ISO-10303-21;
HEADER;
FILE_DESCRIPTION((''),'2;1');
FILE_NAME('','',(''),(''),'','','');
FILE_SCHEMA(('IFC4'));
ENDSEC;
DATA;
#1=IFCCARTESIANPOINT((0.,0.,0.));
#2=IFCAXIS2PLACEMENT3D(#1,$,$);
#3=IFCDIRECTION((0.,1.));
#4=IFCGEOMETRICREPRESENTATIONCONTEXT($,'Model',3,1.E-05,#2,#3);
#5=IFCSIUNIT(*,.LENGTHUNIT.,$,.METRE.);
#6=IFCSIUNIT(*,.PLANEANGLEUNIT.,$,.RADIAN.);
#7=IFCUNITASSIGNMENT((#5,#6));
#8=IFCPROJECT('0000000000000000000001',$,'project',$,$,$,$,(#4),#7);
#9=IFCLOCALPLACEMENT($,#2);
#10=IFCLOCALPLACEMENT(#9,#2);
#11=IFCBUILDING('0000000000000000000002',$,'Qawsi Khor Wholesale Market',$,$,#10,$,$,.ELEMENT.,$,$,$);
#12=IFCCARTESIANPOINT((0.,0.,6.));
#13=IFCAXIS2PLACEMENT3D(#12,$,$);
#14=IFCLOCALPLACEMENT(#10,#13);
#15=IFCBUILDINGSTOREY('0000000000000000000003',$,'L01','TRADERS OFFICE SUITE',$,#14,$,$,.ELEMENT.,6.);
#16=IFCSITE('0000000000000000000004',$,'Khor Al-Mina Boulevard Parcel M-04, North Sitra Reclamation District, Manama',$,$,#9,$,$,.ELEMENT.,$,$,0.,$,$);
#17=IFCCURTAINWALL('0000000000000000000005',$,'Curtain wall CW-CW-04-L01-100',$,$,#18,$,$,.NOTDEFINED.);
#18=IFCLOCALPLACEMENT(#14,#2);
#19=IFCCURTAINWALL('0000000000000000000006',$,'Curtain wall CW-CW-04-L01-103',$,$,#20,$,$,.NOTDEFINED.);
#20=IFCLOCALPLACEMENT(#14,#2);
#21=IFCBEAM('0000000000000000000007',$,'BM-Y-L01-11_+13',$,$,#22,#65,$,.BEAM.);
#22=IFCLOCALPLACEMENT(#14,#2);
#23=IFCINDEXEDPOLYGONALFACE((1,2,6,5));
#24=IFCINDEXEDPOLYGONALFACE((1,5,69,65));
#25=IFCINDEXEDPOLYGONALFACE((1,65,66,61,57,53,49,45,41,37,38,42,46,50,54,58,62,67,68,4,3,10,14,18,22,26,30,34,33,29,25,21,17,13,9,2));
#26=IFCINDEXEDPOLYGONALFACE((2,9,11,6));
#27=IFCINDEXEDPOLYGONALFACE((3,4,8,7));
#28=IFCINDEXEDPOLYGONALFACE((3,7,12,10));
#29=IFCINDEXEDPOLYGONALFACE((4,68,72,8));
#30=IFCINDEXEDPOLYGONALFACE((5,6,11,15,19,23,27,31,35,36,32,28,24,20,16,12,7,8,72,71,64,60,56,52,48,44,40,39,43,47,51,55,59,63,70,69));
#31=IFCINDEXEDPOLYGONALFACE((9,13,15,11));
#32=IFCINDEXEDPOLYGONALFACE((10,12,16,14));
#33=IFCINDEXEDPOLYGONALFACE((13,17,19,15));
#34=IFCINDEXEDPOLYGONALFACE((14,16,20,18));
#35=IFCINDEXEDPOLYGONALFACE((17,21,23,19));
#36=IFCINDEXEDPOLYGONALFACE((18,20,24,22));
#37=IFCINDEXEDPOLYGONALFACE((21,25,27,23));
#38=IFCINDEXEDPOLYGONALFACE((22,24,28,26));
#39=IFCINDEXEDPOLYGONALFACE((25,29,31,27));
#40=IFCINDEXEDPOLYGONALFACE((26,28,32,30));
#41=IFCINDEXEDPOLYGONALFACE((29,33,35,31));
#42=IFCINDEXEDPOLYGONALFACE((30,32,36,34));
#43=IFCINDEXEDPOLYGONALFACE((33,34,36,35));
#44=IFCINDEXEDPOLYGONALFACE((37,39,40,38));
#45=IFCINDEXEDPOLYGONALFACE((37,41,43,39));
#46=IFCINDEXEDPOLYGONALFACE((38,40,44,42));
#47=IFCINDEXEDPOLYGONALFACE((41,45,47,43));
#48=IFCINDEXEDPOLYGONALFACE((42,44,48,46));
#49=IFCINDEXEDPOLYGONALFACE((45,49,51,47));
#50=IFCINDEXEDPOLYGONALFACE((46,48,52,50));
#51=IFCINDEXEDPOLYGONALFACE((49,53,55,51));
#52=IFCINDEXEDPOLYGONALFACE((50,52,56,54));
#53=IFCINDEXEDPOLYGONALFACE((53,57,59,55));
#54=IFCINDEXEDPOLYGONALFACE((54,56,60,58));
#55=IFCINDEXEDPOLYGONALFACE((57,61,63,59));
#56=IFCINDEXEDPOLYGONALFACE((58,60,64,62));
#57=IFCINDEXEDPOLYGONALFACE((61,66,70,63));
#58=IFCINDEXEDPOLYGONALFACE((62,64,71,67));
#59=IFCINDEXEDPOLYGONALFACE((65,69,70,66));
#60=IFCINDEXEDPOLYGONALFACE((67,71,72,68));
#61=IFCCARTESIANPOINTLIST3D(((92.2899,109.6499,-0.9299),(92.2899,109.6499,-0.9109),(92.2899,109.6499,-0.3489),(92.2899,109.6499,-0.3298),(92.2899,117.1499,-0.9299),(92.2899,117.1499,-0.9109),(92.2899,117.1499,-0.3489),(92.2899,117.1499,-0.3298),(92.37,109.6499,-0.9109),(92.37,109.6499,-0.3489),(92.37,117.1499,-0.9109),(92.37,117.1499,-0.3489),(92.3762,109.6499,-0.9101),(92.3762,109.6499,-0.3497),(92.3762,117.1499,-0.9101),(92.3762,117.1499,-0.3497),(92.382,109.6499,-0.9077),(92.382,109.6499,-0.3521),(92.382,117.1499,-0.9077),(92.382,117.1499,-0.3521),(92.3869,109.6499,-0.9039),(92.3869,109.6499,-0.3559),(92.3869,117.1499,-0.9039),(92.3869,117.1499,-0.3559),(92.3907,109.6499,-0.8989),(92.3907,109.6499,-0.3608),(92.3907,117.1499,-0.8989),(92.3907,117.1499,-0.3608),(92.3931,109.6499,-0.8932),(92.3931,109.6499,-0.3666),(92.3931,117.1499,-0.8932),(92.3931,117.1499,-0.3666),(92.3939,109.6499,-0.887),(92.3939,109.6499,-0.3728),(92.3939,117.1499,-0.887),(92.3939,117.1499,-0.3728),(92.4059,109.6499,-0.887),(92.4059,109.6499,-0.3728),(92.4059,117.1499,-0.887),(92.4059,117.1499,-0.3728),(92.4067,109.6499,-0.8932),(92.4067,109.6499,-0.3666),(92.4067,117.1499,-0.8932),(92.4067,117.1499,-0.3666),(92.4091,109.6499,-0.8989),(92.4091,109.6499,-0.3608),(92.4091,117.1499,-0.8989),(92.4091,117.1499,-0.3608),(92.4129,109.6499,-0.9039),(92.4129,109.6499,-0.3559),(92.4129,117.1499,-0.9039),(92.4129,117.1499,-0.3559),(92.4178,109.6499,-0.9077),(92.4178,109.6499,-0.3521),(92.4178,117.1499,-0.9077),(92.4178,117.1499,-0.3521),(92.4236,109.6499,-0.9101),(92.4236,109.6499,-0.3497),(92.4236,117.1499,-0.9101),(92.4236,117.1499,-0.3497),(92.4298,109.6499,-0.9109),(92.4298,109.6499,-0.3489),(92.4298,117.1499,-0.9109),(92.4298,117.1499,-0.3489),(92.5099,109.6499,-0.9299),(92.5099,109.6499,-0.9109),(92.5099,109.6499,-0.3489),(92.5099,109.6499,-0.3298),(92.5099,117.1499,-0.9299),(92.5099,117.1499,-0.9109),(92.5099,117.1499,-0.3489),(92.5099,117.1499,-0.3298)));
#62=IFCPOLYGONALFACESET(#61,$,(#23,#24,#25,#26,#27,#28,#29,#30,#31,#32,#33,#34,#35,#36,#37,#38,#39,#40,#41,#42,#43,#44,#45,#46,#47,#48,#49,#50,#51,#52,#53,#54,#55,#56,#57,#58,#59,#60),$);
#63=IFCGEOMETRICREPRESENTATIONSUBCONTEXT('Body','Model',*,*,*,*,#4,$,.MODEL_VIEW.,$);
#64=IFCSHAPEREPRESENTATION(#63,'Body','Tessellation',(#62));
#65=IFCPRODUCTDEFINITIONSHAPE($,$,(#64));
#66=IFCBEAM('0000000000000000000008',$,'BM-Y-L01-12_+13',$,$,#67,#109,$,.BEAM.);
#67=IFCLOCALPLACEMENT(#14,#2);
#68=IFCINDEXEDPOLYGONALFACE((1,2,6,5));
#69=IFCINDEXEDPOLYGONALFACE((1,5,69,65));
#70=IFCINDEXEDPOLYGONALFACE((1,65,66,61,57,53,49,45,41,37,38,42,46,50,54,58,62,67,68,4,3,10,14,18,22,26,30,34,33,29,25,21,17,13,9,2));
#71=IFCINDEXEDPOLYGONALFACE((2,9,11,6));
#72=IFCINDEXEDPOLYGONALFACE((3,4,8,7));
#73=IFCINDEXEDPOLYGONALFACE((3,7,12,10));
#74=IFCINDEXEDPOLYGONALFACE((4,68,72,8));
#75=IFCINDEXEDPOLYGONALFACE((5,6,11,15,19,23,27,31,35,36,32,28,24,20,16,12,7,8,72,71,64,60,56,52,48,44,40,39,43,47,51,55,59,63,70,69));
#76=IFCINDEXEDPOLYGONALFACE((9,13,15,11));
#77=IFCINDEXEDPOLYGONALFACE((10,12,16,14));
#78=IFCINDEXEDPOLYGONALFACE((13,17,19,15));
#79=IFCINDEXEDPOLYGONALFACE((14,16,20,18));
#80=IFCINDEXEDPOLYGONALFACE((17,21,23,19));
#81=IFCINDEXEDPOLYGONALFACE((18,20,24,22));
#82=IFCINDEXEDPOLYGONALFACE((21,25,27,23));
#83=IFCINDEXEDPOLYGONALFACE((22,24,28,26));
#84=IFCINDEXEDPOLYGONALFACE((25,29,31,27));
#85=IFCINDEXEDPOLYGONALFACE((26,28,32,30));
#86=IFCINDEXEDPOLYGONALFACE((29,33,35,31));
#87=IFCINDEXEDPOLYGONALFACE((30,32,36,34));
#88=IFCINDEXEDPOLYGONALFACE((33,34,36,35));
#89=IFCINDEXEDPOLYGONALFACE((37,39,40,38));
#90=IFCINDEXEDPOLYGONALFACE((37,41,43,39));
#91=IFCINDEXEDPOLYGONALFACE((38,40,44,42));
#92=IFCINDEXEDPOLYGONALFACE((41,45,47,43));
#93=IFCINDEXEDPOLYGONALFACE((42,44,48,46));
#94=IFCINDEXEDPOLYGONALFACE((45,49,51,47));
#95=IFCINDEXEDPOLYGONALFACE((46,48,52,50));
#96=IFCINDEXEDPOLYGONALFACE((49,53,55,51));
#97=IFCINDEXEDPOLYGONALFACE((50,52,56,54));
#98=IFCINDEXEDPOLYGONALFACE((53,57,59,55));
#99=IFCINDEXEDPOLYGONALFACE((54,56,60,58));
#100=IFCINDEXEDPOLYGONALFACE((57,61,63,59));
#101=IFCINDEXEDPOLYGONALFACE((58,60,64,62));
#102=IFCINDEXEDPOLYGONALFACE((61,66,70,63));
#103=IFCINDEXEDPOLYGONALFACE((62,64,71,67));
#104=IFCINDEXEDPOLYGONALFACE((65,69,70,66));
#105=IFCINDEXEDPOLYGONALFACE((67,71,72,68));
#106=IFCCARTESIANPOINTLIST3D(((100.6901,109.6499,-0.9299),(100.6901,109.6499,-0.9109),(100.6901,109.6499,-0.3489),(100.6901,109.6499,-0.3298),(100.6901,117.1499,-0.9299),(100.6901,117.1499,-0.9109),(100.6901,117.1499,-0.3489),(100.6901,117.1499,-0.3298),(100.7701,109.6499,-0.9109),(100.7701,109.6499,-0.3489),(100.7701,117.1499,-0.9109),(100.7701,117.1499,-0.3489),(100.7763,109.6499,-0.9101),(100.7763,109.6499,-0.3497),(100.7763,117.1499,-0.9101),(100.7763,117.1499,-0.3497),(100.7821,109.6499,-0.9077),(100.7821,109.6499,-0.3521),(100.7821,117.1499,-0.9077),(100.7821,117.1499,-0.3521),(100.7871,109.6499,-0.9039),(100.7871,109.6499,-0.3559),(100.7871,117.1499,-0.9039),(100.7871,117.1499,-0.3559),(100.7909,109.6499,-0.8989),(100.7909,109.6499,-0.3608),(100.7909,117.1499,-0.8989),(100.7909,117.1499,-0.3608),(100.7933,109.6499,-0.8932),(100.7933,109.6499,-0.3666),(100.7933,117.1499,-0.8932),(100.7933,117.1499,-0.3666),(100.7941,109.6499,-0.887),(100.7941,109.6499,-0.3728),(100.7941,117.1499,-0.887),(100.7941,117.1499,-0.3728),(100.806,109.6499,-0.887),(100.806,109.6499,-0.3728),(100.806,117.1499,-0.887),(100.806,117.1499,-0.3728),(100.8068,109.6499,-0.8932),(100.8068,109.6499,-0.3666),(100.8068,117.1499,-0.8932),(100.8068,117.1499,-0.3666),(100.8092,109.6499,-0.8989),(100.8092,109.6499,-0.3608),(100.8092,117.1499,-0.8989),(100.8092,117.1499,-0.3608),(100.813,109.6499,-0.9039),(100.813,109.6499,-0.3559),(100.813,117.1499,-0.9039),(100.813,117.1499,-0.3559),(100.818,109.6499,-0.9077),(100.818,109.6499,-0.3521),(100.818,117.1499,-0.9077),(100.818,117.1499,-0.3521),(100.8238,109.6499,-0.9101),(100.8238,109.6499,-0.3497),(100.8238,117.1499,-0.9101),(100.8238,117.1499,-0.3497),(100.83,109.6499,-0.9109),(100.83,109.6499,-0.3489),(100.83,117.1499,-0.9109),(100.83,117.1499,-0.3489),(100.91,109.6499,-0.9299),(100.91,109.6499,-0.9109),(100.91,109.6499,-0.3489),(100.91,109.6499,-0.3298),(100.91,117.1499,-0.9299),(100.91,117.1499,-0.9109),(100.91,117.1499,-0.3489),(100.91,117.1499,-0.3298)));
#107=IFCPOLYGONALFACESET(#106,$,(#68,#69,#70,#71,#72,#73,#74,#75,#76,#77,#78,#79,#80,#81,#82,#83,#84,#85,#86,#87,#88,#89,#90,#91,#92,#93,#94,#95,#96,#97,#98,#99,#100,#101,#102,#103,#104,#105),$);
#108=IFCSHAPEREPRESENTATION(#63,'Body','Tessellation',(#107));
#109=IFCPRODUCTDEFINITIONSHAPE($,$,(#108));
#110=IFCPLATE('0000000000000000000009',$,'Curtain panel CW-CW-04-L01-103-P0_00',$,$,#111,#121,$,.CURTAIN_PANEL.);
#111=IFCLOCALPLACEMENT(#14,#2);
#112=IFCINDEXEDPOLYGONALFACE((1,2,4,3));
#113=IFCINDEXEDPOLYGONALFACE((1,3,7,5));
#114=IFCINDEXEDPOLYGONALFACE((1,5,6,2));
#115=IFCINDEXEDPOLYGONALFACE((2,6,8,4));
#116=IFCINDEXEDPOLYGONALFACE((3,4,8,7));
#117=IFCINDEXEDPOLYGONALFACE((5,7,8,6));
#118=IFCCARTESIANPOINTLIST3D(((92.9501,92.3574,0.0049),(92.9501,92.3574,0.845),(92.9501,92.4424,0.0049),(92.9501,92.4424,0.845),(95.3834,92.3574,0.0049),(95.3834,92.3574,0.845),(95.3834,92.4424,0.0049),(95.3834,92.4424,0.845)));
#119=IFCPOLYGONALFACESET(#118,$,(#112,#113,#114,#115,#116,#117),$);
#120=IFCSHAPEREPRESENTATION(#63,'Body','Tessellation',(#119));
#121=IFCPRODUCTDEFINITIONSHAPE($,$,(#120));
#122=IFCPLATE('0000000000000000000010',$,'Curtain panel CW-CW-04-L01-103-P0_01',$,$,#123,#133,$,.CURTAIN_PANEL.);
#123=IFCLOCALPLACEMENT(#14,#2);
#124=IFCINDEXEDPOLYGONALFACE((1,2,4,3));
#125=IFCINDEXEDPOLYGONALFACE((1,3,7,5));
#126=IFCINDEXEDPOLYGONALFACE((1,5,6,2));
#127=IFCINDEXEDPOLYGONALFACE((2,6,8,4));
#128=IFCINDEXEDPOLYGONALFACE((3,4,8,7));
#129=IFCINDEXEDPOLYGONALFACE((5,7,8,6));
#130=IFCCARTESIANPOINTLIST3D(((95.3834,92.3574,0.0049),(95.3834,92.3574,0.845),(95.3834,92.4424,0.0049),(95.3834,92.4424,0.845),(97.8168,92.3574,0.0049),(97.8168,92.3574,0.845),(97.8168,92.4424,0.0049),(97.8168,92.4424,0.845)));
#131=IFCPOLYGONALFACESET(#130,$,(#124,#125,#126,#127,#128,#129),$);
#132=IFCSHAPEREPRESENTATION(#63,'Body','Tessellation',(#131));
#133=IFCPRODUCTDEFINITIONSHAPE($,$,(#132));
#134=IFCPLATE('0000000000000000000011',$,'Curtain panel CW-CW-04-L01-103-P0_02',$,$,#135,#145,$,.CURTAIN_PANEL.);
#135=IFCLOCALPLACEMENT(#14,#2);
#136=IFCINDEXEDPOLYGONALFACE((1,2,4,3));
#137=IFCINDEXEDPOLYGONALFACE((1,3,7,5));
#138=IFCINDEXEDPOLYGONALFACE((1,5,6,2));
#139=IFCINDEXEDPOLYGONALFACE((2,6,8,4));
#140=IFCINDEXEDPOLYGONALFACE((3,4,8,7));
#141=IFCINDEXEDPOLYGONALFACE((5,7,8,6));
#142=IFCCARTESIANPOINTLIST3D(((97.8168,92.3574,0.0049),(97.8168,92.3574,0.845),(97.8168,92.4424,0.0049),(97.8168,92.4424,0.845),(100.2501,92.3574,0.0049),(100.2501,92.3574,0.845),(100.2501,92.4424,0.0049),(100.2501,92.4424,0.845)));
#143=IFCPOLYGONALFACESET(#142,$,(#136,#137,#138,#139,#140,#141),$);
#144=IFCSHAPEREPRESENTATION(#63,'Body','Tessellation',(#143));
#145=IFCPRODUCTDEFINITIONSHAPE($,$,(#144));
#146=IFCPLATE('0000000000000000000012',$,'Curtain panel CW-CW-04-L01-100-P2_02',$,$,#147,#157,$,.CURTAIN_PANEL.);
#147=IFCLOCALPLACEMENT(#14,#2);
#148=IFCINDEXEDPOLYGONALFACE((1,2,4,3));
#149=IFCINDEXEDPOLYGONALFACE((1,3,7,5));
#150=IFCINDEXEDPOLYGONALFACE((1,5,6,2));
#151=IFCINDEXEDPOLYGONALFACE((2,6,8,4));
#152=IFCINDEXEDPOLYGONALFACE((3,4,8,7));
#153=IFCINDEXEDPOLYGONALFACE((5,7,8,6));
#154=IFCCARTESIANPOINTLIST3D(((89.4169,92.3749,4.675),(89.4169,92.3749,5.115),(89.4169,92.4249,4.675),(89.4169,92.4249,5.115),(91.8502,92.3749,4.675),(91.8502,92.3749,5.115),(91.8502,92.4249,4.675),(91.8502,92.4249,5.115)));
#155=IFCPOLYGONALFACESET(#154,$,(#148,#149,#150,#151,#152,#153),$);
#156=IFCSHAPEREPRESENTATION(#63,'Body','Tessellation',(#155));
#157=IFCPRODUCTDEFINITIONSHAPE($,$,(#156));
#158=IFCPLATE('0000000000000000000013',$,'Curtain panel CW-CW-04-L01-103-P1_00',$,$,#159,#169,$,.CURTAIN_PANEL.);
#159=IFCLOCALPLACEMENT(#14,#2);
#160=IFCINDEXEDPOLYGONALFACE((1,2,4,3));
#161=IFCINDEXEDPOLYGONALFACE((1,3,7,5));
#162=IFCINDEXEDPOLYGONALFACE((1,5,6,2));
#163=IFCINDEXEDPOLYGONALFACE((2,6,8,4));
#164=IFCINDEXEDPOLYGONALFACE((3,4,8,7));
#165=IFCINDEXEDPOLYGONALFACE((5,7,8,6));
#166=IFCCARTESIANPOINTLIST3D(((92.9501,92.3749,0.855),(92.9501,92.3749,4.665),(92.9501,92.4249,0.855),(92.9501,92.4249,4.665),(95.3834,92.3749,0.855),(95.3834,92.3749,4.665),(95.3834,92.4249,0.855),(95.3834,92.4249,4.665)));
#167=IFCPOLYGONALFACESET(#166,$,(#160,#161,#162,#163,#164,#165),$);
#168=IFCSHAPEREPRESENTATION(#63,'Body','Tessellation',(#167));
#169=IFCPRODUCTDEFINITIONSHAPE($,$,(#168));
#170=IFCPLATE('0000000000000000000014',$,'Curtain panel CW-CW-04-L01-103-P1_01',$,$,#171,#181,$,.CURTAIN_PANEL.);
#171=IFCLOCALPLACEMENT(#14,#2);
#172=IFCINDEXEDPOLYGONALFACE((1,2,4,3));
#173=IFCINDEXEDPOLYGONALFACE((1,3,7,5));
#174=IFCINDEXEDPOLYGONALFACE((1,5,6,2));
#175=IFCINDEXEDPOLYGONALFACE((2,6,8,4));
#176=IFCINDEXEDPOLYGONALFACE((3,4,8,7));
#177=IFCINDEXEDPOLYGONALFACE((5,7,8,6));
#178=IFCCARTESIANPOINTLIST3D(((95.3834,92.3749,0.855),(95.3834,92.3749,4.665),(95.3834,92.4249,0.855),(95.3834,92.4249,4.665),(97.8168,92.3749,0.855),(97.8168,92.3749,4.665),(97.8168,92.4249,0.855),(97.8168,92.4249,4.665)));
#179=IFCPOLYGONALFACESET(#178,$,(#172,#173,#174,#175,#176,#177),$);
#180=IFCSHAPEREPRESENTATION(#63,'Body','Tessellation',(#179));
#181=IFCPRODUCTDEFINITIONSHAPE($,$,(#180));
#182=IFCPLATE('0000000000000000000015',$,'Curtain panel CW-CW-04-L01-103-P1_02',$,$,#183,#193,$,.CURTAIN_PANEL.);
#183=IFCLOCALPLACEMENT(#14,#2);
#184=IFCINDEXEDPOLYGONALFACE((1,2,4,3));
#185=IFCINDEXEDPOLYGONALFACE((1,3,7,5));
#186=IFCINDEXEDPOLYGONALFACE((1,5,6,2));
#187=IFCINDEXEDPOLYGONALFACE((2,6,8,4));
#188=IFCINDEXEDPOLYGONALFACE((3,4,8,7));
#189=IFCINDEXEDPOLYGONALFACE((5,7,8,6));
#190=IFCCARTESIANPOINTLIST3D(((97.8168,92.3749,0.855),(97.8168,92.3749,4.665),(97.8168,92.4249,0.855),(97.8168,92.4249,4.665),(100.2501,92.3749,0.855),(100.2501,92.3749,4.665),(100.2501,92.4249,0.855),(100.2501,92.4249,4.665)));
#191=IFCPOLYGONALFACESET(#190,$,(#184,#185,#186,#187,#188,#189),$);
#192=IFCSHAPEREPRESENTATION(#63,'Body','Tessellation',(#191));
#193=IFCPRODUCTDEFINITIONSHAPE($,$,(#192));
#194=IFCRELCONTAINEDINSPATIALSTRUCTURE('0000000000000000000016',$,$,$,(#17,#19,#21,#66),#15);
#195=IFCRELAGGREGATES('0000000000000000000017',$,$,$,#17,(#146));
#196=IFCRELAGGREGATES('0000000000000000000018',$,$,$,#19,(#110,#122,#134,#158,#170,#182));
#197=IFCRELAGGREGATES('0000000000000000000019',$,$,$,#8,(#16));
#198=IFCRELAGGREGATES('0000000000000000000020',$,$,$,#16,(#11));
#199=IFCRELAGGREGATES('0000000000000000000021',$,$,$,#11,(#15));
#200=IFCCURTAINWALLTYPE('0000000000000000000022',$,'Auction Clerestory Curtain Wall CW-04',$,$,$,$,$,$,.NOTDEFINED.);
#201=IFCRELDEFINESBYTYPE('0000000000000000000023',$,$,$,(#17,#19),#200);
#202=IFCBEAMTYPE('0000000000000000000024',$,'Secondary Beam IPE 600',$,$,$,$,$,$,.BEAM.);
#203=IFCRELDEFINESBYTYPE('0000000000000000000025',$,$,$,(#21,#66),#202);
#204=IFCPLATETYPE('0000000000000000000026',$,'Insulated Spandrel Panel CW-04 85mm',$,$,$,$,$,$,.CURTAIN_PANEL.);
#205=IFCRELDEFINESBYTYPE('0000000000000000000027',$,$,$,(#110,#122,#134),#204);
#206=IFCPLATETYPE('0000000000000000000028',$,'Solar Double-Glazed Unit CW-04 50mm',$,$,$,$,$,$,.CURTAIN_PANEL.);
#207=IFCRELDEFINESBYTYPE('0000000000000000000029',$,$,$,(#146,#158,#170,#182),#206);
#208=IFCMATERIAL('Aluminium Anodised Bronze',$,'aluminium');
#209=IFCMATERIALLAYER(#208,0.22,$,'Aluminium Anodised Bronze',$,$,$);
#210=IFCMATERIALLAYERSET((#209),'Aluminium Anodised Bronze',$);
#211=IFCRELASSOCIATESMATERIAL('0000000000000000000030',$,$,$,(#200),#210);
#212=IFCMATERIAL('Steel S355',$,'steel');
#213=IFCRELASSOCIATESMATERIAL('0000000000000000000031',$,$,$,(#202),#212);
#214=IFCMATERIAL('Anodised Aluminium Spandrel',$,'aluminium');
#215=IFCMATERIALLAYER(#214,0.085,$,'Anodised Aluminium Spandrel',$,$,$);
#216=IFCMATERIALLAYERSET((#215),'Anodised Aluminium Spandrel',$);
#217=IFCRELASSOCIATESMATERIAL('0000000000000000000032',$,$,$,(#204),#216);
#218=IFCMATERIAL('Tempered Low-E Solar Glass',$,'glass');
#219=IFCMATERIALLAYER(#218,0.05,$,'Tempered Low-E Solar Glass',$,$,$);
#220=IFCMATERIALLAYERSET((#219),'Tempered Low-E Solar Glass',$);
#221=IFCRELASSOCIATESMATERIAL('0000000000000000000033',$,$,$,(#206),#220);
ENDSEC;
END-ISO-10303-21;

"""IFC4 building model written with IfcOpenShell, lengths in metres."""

from ifc_helpers import new_model, si_unit, direction, frame, frame_2d, origin, origin_2d, place, context, subcontext, project, spatial, rectangle, i_section, extrude, material, layer, layer_set, material_profile, profile_set, type_object, element, aggregate, save


model = new_model("IFC4")

# Units and contexts
model_context = context("Model", 3, precision=1e-05, world=origin(), true_north=direction((0.0, 1.0)))
body_context = subcontext(model_context, "Body", "Model", "MODEL_VIEW")
ifc_project = project(units=[si_unit("LENGTHUNIT", "METRE"), si_unit("PLANEANGLEUNIT", "RADIAN")], contexts=[model_context])

# Site, building, storey
site_placement = place(None, origin())
site = spatial("IfcSite", under=ifc_project, at=site_placement, Name="Khor Al-Mina Boulevard Parcel M-04, North Sitra Reclamation District, Manama", CompositionType="ELEMENT", RefElevation=0.0)
building_placement = place(site_placement, origin())
building = spatial("IfcBuilding", under=site, at=building_placement, Name="Qawsi Khor Wholesale Market", CompositionType="ELEMENT")
storey_placement = place(building_placement, frame((0.0, 0.0, 6.0)))
storey = spatial("IfcBuildingStorey", under=building, at=storey_placement, Name="L01", Description="TRADERS OFFICE SUITE", CompositionType="ELEMENT", Elevation=6.0)

# Curtain wall
ifc_material_1 = material(Name="Aluminium Anodised Bronze", Category="aluminium")
ifc_layer_1 = layer(ifc_material_1, 0.22, Name="Aluminium Anodised Bronze")
ifc_layer_set_1 = layer_set([ifc_layer_1], Name="Aluminium Anodised Bronze")
curtain_wall_type = type_object("IfcCurtainWallType", Name="Auction Clerestory Curtain Wall CW-04", PredefinedType="NOTDEFINED", material=ifc_layer_set_1)
curtain_wall_1_placement = place(storey_placement, origin())
curtain_wall_1 = element("IfcCurtainWall", 1, at=curtain_wall_1_placement, inside=storey, type_object=curtain_wall_type, Name="Curtain wall CW-CW-04-L01-100", PredefinedType="NOTDEFINED")

# Curtain wall
curtain_wall_2_placement = place(storey_placement, origin())
curtain_wall_2 = element("IfcCurtainWall", 2, at=curtain_wall_2_placement, inside=storey, type_object=curtain_wall_type, Name="Curtain wall CW-CW-04-L01-103", PredefinedType="NOTDEFINED")

# Beams
ifc_material_2 = material(Name="Steel S355", Category="steel")
ifc_material_profile_1 = material_profile(ifc_material_2, i_section(OverallWidth=0.22, OverallDepth=0.6001, WebThickness=0.012, FlangeThickness=0.019, FilletRadius=0.0239, at=origin_2d()), Name="IPE 600")
ifc_profile_set_1 = profile_set([ifc_material_profile_1], Name="Steel S355")
beam_type_1 = type_object("IfcBeamType", Name="Secondary Beam IPE 600", PredefinedType="BEAM", material=ifc_profile_set_1)
for number, where, z_axis, x_axis, name in (
    (3, (92.3999, 109.6499, -0.6299), (0.0, 1.0, 0.0), (-1.0, 0.0, 0.0), "BM-Y-L01-11_+13"),
    (4, (100.8, 109.6499, -0.6299), (0.0, 1.0, 0.0), (-1.0, 0.0, 0.0), "BM-Y-L01-12_+13"),
):
    element("IfcBeam", number, at=place(storey_placement, frame(where, z_axis=z_axis, x_axis=x_axis)), inside=storey, type_object=beam_type_1, Name=name, PredefinedType="BEAM", context=body_context, shape_type="SweptSolid", body=[
        extrude(i_section(OverallWidth=0.22, OverallDepth=0.6001, WebThickness=0.012, FlangeThickness=0.019, FilletRadius=0.0239, at=origin_2d()), origin(), (0.0, 0.0, 1.0), 7.5),
    ])

# Plates
ifc_material_3 = material(Name="Anodised Aluminium Spandrel", Category="aluminium")
ifc_layer_2 = layer(ifc_material_3, 0.085, Name="Anodised Aluminium Spandrel")
ifc_layer_set_2 = layer_set([ifc_layer_2], Name="Anodised Aluminium Spandrel")
plate_type_1 = type_object("IfcPlateType", Name="Insulated Spandrel Panel CW-04 85mm", PredefinedType="CURTAIN_PANEL", material=ifc_layer_set_2)
plate_1_placement = place(storey_placement, frame((92.95, 92.3999, 0.0049), z_axis=(0.0, 0.0, 1.0), x_axis=(1.0, 0.0, 0.0)))
plate_1 = element("IfcPlate", 5, at=plate_1_placement, type_object=plate_type_1, Name="Curtain panel CW-CW-04-L01-103-P0_00", PredefinedType="CURTAIN_PANEL", context=body_context, shape_type="SweptSolid", body=[
    extrude(rectangle(XDim=2.4333, YDim=0.085, at=frame_2d((1.2168, 0.0))), origin(), (0.0, 0.0, 1.0), 0.8401),
])
plate_2_placement = place(storey_placement, frame((95.3833, 92.3999, 0.0049), z_axis=(0.0, 0.0, 1.0), x_axis=(1.0, 0.0, 0.0)))
plate_2 = element("IfcPlate", 6, at=plate_2_placement, type_object=plate_type_1, Name="Curtain panel CW-CW-04-L01-103-P0_01", PredefinedType="CURTAIN_PANEL", context=body_context, shape_type="SweptSolid", body=[
    extrude(rectangle(XDim=2.4333, YDim=0.085, at=frame_2d((1.2168, 0.0))), origin(), (0.0, 0.0, 1.0), 0.8401),
])
plate_3_placement = place(storey_placement, frame((97.8167, 92.3999, 0.0049), z_axis=(0.0, 0.0, 1.0), x_axis=(1.0, 0.0, 0.0)))
plate_3 = element("IfcPlate", 7, at=plate_3_placement, type_object=plate_type_1, Name="Curtain panel CW-CW-04-L01-103-P0_02", PredefinedType="CURTAIN_PANEL", context=body_context, shape_type="SweptSolid", body=[
    extrude(rectangle(XDim=2.4333, YDim=0.085, at=frame_2d((1.2168, 0.0))), origin(), (0.0, 0.0, 1.0), 0.8401),
])
ifc_material_4 = material(Name="Tempered Low-E Solar Glass", Category="glass")
ifc_layer_3 = layer(ifc_material_4, 0.05, Name="Tempered Low-E Solar Glass")
ifc_layer_set_3 = layer_set([ifc_layer_3], Name="Tempered Low-E Solar Glass")
plate_type_2 = type_object("IfcPlateType", Name="Solar Double-Glazed Unit CW-04 50mm", PredefinedType="CURTAIN_PANEL", material=ifc_layer_set_3)
plate_4_placement = place(storey_placement, frame((89.4167, 92.3999, 4.675), z_axis=(0.0, 0.0, 1.0), x_axis=(1.0, 0.0, 0.0)))
plate_4 = element("IfcPlate", 8, at=plate_4_placement, type_object=plate_type_2, Name="Curtain panel CW-CW-04-L01-100-P2_02", PredefinedType="CURTAIN_PANEL", context=body_context, shape_type="SweptSolid", body=[
    extrude(rectangle(XDim=2.4333, YDim=0.05, at=frame_2d((1.2168, 0.0))), origin(), (0.0, 0.0, 1.0), 0.4399),
])
aggregate(curtain_wall_1, [plate_4])
plate_5_placement = place(storey_placement, frame((92.95, 92.3999, 0.855), z_axis=(0.0, 0.0, 1.0), x_axis=(1.0, 0.0, 0.0)))
plate_5 = element("IfcPlate", 9, at=plate_5_placement, type_object=plate_type_2, Name="Curtain panel CW-CW-04-L01-103-P1_00", PredefinedType="CURTAIN_PANEL", context=body_context, shape_type="SweptSolid", body=[
    extrude(rectangle(XDim=2.4333, YDim=0.05, at=frame_2d((1.2168, 0.0))), origin(), (0.0, 0.0, 1.0), 3.8101),
])
plate_6_placement = place(storey_placement, frame((95.3833, 92.3999, 0.855), z_axis=(0.0, 0.0, 1.0), x_axis=(1.0, 0.0, 0.0)))
plate_6 = element("IfcPlate", 10, at=plate_6_placement, type_object=plate_type_2, Name="Curtain panel CW-CW-04-L01-103-P1_01", PredefinedType="CURTAIN_PANEL", context=body_context, shape_type="SweptSolid", body=[
    extrude(rectangle(XDim=2.4333, YDim=0.05, at=frame_2d((1.2168, 0.0))), origin(), (0.0, 0.0, 1.0), 3.8101),
])
plate_7_placement = place(storey_placement, frame((97.8167, 92.3999, 0.855), z_axis=(0.0, 0.0, 1.0), x_axis=(1.0, 0.0, 0.0)))
plate_7 = element("IfcPlate", 11, at=plate_7_placement, type_object=plate_type_2, Name="Curtain panel CW-CW-04-L01-103-P1_02", PredefinedType="CURTAIN_PANEL", context=body_context, shape_type="SweptSolid", body=[
    extrude(rectangle(XDim=2.4333, YDim=0.05, at=frame_2d((1.2168, 0.0))), origin(), (0.0, 0.0, 1.0), 3.8101),
])
aggregate(curtain_wall_2, [plate_1, plate_2, plate_3, plate_5, plate_6, plate_7])

save(model, "model.ifc")
